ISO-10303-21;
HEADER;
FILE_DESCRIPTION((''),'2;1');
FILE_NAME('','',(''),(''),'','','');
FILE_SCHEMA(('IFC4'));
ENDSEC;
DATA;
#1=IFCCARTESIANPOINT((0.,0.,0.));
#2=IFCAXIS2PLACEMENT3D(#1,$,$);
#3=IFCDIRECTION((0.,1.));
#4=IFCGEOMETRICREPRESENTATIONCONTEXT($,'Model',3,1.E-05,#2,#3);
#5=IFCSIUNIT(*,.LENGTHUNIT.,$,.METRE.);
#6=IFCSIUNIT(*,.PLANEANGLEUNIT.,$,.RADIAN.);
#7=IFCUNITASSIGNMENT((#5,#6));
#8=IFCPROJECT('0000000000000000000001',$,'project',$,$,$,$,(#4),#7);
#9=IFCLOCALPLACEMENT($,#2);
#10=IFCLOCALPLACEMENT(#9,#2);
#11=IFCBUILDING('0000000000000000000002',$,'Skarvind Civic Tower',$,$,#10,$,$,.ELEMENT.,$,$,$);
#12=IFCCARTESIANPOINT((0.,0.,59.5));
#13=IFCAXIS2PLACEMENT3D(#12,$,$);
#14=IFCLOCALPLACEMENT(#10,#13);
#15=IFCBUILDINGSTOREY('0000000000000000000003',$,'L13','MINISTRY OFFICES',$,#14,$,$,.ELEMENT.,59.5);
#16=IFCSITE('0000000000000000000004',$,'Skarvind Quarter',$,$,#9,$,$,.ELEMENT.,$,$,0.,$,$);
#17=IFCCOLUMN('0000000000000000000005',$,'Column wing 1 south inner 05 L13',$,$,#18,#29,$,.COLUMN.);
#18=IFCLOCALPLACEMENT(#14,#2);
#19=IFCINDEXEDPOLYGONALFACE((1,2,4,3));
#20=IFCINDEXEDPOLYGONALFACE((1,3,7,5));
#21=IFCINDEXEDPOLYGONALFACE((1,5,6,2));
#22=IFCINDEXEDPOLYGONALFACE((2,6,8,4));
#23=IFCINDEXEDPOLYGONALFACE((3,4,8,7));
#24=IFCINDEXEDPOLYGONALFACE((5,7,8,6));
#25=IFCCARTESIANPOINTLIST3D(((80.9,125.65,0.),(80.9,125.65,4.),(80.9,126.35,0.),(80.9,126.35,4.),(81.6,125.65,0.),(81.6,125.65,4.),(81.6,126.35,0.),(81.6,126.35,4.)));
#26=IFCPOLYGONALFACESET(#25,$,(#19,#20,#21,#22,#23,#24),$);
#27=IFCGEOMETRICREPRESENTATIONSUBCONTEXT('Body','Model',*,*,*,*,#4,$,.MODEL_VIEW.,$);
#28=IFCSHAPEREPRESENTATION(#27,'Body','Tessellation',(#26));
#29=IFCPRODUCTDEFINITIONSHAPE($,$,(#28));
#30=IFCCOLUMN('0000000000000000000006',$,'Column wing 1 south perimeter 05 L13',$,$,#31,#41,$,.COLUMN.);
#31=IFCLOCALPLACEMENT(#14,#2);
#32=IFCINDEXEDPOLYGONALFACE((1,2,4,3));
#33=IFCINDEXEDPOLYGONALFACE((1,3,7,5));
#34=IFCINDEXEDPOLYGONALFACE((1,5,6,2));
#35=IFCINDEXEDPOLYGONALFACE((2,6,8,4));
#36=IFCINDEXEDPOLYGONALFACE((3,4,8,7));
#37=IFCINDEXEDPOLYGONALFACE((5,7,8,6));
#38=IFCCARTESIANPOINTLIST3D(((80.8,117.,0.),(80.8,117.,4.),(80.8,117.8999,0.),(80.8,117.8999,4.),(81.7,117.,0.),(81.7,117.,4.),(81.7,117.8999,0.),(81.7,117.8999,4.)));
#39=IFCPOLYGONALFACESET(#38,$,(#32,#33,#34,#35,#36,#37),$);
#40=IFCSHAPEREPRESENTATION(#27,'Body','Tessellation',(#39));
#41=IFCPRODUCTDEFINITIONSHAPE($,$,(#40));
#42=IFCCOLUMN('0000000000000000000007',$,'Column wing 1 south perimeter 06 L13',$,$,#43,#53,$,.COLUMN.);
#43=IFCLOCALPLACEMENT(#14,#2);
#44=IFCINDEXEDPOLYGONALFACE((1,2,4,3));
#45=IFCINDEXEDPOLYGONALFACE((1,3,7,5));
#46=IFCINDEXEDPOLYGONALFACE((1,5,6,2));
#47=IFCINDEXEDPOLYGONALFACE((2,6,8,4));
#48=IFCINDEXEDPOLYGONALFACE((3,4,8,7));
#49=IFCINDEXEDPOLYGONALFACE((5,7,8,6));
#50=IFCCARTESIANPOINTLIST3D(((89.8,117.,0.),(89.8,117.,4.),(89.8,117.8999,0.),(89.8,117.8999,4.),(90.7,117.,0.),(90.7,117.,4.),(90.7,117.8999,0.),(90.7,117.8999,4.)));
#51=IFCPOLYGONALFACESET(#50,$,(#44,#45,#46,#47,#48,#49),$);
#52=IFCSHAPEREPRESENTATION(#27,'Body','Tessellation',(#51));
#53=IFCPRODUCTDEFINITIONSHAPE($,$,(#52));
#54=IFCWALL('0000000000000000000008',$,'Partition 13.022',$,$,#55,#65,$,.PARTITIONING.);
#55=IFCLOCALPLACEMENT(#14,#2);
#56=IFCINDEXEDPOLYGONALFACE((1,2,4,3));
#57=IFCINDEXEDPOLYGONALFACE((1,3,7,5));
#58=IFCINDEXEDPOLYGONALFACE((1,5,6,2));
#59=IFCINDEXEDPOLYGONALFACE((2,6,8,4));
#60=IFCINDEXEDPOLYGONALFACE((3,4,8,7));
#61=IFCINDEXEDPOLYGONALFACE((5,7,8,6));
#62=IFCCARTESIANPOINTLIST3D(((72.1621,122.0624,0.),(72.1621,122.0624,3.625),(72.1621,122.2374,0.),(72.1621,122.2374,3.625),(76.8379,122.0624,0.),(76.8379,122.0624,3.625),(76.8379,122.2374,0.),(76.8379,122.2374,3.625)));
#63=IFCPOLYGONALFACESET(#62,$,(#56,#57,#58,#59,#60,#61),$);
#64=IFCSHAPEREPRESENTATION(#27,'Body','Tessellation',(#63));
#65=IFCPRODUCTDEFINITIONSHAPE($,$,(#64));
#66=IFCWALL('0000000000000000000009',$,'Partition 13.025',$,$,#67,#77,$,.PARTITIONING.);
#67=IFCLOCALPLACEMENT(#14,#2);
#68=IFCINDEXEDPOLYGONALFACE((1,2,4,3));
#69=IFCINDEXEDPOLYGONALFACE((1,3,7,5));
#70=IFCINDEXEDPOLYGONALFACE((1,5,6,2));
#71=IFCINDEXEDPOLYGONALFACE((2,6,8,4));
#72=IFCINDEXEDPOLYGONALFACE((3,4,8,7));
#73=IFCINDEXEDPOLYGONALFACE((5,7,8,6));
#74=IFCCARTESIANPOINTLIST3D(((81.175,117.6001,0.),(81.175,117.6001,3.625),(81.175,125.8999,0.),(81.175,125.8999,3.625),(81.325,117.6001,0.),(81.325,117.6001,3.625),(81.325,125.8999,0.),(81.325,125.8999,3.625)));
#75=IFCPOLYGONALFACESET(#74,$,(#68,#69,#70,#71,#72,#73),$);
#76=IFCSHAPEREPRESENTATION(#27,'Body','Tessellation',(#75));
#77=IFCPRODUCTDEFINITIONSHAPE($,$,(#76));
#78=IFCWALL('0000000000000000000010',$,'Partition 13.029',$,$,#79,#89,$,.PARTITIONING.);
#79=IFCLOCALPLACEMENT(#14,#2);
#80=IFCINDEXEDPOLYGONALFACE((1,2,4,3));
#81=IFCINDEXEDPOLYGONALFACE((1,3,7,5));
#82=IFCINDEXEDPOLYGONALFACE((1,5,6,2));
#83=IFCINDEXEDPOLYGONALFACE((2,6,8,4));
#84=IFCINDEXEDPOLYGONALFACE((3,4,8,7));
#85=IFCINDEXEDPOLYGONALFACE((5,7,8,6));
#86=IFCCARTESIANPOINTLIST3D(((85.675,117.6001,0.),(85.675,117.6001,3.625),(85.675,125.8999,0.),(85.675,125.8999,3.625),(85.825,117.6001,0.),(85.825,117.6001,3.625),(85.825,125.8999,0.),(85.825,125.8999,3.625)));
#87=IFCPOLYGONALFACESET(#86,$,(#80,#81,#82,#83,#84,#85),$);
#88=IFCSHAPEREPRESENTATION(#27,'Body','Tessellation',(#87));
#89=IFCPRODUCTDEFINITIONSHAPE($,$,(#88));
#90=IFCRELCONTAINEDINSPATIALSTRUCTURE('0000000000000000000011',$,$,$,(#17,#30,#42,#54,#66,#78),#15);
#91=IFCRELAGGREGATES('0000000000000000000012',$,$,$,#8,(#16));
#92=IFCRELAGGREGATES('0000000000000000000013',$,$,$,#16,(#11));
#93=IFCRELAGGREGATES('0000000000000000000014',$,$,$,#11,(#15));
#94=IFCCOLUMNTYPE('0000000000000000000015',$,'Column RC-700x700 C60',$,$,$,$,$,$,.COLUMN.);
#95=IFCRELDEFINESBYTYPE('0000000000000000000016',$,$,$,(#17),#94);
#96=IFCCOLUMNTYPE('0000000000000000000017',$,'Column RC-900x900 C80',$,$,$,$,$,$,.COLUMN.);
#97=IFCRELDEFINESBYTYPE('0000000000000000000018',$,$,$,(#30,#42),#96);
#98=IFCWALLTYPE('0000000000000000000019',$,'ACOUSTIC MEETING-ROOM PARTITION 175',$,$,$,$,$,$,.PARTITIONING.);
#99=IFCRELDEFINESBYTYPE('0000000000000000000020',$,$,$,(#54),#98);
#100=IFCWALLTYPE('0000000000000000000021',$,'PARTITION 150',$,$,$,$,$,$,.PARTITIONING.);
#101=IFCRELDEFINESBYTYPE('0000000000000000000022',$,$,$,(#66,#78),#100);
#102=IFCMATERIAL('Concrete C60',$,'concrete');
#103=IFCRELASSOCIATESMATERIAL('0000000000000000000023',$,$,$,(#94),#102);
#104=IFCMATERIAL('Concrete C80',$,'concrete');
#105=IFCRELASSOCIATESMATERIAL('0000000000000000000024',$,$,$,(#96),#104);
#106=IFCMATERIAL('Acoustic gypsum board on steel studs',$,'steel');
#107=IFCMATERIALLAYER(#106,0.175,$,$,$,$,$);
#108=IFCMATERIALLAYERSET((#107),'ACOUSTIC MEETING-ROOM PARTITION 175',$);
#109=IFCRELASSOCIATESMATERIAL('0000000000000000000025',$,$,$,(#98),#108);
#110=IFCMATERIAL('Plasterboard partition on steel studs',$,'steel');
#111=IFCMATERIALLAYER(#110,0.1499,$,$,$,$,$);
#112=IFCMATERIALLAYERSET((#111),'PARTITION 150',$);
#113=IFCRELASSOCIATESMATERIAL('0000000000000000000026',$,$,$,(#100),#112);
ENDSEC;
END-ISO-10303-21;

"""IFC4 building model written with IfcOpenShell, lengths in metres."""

from ifc_helpers import new_model, si_unit, direction, frame, frame_2d, origin, origin_2d, place, context, subcontext, project, spatial, rectangle, extrude, material, layer, layer_set, material_profile, profile_set, type_object, element, save


model = new_model("IFC4")

# Units and contexts
model_context = context("Model", 3, precision=1e-05, world=origin(), true_north=direction((0.0, 1.0)))
body_context = subcontext(model_context, "Body", "Model", "MODEL_VIEW")
ifc_project = project(units=[si_unit("LENGTHUNIT", "METRE"), si_unit("PLANEANGLEUNIT", "RADIAN")], contexts=[model_context])

# Site, building, storey
site_placement = place(None, origin())
site = spatial("IfcSite", under=ifc_project, at=site_placement, Name="Skarvind Quarter", CompositionType="ELEMENT", RefElevation=0.0)
building_placement = place(site_placement, origin())
building = spatial("IfcBuilding", under=site, at=building_placement, Name="Skarvind Civic Tower", CompositionType="ELEMENT")
storey_placement = place(building_placement, frame((0.0, 0.0, 59.5)))
storey = spatial("IfcBuildingStorey", under=building, at=storey_placement, Name="L13", Description="MINISTRY OFFICES", CompositionType="ELEMENT", Elevation=59.5)

# Columns
ifc_material_1 = material(Name="Concrete C60", Category="concrete")
ifc_material_profile_1 = material_profile(ifc_material_1, rectangle(XDim=0.7, YDim=0.7, at=origin_2d()), Name="RC-700x700")
ifc_profile_set_1 = profile_set([ifc_material_profile_1], Name="Concrete C60")
column_type_1 = type_object("IfcColumnType", Name="Column RC-700x700 C60", PredefinedType="COLUMN", material=ifc_profile_set_1)
column_placement = place(storey_placement, frame((81.25, 126.0, 0.0), z_axis=(0.0, 0.0, 1.0), x_axis=(1.0, 0.0, 0.0)))
element("IfcColumn", 1, at=column_placement, inside=storey, type_object=column_type_1, Name="Column wing 1 south inner 05 L13", PredefinedType="COLUMN", context=body_context, shape_type="SweptSolid", body=[
    extrude(rectangle(XDim=0.7, YDim=0.7, at=origin_2d()), origin(), (0.0, 0.0, 1.0), 4.0),
])
ifc_material_2 = material(Name="Concrete C80", Category="concrete")
ifc_material_profile_2 = material_profile(ifc_material_2, rectangle(XDim=0.8999, YDim=0.8999, at=origin_2d()), Name="RC-900x900")
ifc_profile_set_2 = profile_set([ifc_material_profile_2], Name="Concrete C80")
column_type_2 = type_object("IfcColumnType", Name="Column RC-900x900 C80", PredefinedType="COLUMN", material=ifc_profile_set_2)
for number, where, z_axis, x_axis, name in (
    (2, (81.25, 117.45, 0.0), (0.0, 0.0, 1.0), (1.0, 0.0, 0.0), "Column wing 1 south perimeter 05 L13"),
    (3, (90.25, 117.45, 0.0), (0.0, 0.0, 1.0), (1.0, 0.0, 0.0), "Column wing 1 south perimeter 06 L13"),
):
    element("IfcColumn", number, at=place(storey_placement, frame(where, z_axis=z_axis, x_axis=x_axis)), inside=storey, type_object=column_type_2, Name=name, PredefinedType="COLUMN", context=body_context, shape_type="SweptSolid", body=[
        extrude(rectangle(XDim=0.8999, YDim=0.8999, at=origin_2d()), origin(), (0.0, 0.0, 1.0), 4.0),
    ])

# Walls
ifc_material_3 = material(Name="Acoustic gypsum board on steel studs", Category="steel")
ifc_layer_1 = layer(ifc_material_3, 0.175)
ifc_layer_set_1 = layer_set([ifc_layer_1], Name="ACOUSTIC MEETING-ROOM PARTITION 175")
wall_type_1 = type_object("IfcWallType", Name="ACOUSTIC MEETING-ROOM PARTITION 175", PredefinedType="PARTITIONING", material=ifc_layer_set_1)
wall_1_placement = place(storey_placement, frame((76.8379, 122.1499, 0.0), z_axis=(0.0, 0.0, 1.0), x_axis=(-1.0, 0.0, 0.0)))
element("IfcWall", 4, at=wall_1_placement, inside=storey, type_object=wall_type_1, Name="Partition 13.022", PredefinedType="PARTITIONING", context=body_context, shape_type="SweptSolid", body=[
    extrude(rectangle(XDim=4.6758, YDim=0.175, at=frame_2d((2.3379, 0.0))), origin(), (0.0, 0.0, 1.0), 3.625),
])
ifc_material_4 = material(Name="Plasterboard partition on steel studs", Category="steel")
ifc_layer_2 = layer(ifc_material_4, 0.1499)
ifc_layer_set_2 = layer_set([ifc_layer_2], Name="PARTITION 150")
wall_type_2 = type_object("IfcWallType", Name="PARTITION 150", PredefinedType="PARTITIONING", material=ifc_layer_set_2)
for number, where, z_axis, x_axis, name in (
    (5, (81.25, 117.6001, 0.0), (0.0, 0.0, 1.0), (0.0, 1.0, 0.0), "Partition 13.025"),
    (6, (85.75, 117.6001, 0.0), (0.0, 0.0, 1.0), (0.0, 1.0, 0.0), "Partition 13.029"),
):
    element("IfcWall", number, at=place(storey_placement, frame(where, z_axis=z_axis, x_axis=x_axis)), inside=storey, type_object=wall_type_2, Name=name, PredefinedType="PARTITIONING", context=body_context, shape_type="SweptSolid", body=[
        extrude(rectangle(XDim=8.2998, YDim=0.1499, at=frame_2d((4.1499, 0.0))), origin(), (0.0, 0.0, 1.0), 3.625),
    ])

save(model, "model.ifc")
